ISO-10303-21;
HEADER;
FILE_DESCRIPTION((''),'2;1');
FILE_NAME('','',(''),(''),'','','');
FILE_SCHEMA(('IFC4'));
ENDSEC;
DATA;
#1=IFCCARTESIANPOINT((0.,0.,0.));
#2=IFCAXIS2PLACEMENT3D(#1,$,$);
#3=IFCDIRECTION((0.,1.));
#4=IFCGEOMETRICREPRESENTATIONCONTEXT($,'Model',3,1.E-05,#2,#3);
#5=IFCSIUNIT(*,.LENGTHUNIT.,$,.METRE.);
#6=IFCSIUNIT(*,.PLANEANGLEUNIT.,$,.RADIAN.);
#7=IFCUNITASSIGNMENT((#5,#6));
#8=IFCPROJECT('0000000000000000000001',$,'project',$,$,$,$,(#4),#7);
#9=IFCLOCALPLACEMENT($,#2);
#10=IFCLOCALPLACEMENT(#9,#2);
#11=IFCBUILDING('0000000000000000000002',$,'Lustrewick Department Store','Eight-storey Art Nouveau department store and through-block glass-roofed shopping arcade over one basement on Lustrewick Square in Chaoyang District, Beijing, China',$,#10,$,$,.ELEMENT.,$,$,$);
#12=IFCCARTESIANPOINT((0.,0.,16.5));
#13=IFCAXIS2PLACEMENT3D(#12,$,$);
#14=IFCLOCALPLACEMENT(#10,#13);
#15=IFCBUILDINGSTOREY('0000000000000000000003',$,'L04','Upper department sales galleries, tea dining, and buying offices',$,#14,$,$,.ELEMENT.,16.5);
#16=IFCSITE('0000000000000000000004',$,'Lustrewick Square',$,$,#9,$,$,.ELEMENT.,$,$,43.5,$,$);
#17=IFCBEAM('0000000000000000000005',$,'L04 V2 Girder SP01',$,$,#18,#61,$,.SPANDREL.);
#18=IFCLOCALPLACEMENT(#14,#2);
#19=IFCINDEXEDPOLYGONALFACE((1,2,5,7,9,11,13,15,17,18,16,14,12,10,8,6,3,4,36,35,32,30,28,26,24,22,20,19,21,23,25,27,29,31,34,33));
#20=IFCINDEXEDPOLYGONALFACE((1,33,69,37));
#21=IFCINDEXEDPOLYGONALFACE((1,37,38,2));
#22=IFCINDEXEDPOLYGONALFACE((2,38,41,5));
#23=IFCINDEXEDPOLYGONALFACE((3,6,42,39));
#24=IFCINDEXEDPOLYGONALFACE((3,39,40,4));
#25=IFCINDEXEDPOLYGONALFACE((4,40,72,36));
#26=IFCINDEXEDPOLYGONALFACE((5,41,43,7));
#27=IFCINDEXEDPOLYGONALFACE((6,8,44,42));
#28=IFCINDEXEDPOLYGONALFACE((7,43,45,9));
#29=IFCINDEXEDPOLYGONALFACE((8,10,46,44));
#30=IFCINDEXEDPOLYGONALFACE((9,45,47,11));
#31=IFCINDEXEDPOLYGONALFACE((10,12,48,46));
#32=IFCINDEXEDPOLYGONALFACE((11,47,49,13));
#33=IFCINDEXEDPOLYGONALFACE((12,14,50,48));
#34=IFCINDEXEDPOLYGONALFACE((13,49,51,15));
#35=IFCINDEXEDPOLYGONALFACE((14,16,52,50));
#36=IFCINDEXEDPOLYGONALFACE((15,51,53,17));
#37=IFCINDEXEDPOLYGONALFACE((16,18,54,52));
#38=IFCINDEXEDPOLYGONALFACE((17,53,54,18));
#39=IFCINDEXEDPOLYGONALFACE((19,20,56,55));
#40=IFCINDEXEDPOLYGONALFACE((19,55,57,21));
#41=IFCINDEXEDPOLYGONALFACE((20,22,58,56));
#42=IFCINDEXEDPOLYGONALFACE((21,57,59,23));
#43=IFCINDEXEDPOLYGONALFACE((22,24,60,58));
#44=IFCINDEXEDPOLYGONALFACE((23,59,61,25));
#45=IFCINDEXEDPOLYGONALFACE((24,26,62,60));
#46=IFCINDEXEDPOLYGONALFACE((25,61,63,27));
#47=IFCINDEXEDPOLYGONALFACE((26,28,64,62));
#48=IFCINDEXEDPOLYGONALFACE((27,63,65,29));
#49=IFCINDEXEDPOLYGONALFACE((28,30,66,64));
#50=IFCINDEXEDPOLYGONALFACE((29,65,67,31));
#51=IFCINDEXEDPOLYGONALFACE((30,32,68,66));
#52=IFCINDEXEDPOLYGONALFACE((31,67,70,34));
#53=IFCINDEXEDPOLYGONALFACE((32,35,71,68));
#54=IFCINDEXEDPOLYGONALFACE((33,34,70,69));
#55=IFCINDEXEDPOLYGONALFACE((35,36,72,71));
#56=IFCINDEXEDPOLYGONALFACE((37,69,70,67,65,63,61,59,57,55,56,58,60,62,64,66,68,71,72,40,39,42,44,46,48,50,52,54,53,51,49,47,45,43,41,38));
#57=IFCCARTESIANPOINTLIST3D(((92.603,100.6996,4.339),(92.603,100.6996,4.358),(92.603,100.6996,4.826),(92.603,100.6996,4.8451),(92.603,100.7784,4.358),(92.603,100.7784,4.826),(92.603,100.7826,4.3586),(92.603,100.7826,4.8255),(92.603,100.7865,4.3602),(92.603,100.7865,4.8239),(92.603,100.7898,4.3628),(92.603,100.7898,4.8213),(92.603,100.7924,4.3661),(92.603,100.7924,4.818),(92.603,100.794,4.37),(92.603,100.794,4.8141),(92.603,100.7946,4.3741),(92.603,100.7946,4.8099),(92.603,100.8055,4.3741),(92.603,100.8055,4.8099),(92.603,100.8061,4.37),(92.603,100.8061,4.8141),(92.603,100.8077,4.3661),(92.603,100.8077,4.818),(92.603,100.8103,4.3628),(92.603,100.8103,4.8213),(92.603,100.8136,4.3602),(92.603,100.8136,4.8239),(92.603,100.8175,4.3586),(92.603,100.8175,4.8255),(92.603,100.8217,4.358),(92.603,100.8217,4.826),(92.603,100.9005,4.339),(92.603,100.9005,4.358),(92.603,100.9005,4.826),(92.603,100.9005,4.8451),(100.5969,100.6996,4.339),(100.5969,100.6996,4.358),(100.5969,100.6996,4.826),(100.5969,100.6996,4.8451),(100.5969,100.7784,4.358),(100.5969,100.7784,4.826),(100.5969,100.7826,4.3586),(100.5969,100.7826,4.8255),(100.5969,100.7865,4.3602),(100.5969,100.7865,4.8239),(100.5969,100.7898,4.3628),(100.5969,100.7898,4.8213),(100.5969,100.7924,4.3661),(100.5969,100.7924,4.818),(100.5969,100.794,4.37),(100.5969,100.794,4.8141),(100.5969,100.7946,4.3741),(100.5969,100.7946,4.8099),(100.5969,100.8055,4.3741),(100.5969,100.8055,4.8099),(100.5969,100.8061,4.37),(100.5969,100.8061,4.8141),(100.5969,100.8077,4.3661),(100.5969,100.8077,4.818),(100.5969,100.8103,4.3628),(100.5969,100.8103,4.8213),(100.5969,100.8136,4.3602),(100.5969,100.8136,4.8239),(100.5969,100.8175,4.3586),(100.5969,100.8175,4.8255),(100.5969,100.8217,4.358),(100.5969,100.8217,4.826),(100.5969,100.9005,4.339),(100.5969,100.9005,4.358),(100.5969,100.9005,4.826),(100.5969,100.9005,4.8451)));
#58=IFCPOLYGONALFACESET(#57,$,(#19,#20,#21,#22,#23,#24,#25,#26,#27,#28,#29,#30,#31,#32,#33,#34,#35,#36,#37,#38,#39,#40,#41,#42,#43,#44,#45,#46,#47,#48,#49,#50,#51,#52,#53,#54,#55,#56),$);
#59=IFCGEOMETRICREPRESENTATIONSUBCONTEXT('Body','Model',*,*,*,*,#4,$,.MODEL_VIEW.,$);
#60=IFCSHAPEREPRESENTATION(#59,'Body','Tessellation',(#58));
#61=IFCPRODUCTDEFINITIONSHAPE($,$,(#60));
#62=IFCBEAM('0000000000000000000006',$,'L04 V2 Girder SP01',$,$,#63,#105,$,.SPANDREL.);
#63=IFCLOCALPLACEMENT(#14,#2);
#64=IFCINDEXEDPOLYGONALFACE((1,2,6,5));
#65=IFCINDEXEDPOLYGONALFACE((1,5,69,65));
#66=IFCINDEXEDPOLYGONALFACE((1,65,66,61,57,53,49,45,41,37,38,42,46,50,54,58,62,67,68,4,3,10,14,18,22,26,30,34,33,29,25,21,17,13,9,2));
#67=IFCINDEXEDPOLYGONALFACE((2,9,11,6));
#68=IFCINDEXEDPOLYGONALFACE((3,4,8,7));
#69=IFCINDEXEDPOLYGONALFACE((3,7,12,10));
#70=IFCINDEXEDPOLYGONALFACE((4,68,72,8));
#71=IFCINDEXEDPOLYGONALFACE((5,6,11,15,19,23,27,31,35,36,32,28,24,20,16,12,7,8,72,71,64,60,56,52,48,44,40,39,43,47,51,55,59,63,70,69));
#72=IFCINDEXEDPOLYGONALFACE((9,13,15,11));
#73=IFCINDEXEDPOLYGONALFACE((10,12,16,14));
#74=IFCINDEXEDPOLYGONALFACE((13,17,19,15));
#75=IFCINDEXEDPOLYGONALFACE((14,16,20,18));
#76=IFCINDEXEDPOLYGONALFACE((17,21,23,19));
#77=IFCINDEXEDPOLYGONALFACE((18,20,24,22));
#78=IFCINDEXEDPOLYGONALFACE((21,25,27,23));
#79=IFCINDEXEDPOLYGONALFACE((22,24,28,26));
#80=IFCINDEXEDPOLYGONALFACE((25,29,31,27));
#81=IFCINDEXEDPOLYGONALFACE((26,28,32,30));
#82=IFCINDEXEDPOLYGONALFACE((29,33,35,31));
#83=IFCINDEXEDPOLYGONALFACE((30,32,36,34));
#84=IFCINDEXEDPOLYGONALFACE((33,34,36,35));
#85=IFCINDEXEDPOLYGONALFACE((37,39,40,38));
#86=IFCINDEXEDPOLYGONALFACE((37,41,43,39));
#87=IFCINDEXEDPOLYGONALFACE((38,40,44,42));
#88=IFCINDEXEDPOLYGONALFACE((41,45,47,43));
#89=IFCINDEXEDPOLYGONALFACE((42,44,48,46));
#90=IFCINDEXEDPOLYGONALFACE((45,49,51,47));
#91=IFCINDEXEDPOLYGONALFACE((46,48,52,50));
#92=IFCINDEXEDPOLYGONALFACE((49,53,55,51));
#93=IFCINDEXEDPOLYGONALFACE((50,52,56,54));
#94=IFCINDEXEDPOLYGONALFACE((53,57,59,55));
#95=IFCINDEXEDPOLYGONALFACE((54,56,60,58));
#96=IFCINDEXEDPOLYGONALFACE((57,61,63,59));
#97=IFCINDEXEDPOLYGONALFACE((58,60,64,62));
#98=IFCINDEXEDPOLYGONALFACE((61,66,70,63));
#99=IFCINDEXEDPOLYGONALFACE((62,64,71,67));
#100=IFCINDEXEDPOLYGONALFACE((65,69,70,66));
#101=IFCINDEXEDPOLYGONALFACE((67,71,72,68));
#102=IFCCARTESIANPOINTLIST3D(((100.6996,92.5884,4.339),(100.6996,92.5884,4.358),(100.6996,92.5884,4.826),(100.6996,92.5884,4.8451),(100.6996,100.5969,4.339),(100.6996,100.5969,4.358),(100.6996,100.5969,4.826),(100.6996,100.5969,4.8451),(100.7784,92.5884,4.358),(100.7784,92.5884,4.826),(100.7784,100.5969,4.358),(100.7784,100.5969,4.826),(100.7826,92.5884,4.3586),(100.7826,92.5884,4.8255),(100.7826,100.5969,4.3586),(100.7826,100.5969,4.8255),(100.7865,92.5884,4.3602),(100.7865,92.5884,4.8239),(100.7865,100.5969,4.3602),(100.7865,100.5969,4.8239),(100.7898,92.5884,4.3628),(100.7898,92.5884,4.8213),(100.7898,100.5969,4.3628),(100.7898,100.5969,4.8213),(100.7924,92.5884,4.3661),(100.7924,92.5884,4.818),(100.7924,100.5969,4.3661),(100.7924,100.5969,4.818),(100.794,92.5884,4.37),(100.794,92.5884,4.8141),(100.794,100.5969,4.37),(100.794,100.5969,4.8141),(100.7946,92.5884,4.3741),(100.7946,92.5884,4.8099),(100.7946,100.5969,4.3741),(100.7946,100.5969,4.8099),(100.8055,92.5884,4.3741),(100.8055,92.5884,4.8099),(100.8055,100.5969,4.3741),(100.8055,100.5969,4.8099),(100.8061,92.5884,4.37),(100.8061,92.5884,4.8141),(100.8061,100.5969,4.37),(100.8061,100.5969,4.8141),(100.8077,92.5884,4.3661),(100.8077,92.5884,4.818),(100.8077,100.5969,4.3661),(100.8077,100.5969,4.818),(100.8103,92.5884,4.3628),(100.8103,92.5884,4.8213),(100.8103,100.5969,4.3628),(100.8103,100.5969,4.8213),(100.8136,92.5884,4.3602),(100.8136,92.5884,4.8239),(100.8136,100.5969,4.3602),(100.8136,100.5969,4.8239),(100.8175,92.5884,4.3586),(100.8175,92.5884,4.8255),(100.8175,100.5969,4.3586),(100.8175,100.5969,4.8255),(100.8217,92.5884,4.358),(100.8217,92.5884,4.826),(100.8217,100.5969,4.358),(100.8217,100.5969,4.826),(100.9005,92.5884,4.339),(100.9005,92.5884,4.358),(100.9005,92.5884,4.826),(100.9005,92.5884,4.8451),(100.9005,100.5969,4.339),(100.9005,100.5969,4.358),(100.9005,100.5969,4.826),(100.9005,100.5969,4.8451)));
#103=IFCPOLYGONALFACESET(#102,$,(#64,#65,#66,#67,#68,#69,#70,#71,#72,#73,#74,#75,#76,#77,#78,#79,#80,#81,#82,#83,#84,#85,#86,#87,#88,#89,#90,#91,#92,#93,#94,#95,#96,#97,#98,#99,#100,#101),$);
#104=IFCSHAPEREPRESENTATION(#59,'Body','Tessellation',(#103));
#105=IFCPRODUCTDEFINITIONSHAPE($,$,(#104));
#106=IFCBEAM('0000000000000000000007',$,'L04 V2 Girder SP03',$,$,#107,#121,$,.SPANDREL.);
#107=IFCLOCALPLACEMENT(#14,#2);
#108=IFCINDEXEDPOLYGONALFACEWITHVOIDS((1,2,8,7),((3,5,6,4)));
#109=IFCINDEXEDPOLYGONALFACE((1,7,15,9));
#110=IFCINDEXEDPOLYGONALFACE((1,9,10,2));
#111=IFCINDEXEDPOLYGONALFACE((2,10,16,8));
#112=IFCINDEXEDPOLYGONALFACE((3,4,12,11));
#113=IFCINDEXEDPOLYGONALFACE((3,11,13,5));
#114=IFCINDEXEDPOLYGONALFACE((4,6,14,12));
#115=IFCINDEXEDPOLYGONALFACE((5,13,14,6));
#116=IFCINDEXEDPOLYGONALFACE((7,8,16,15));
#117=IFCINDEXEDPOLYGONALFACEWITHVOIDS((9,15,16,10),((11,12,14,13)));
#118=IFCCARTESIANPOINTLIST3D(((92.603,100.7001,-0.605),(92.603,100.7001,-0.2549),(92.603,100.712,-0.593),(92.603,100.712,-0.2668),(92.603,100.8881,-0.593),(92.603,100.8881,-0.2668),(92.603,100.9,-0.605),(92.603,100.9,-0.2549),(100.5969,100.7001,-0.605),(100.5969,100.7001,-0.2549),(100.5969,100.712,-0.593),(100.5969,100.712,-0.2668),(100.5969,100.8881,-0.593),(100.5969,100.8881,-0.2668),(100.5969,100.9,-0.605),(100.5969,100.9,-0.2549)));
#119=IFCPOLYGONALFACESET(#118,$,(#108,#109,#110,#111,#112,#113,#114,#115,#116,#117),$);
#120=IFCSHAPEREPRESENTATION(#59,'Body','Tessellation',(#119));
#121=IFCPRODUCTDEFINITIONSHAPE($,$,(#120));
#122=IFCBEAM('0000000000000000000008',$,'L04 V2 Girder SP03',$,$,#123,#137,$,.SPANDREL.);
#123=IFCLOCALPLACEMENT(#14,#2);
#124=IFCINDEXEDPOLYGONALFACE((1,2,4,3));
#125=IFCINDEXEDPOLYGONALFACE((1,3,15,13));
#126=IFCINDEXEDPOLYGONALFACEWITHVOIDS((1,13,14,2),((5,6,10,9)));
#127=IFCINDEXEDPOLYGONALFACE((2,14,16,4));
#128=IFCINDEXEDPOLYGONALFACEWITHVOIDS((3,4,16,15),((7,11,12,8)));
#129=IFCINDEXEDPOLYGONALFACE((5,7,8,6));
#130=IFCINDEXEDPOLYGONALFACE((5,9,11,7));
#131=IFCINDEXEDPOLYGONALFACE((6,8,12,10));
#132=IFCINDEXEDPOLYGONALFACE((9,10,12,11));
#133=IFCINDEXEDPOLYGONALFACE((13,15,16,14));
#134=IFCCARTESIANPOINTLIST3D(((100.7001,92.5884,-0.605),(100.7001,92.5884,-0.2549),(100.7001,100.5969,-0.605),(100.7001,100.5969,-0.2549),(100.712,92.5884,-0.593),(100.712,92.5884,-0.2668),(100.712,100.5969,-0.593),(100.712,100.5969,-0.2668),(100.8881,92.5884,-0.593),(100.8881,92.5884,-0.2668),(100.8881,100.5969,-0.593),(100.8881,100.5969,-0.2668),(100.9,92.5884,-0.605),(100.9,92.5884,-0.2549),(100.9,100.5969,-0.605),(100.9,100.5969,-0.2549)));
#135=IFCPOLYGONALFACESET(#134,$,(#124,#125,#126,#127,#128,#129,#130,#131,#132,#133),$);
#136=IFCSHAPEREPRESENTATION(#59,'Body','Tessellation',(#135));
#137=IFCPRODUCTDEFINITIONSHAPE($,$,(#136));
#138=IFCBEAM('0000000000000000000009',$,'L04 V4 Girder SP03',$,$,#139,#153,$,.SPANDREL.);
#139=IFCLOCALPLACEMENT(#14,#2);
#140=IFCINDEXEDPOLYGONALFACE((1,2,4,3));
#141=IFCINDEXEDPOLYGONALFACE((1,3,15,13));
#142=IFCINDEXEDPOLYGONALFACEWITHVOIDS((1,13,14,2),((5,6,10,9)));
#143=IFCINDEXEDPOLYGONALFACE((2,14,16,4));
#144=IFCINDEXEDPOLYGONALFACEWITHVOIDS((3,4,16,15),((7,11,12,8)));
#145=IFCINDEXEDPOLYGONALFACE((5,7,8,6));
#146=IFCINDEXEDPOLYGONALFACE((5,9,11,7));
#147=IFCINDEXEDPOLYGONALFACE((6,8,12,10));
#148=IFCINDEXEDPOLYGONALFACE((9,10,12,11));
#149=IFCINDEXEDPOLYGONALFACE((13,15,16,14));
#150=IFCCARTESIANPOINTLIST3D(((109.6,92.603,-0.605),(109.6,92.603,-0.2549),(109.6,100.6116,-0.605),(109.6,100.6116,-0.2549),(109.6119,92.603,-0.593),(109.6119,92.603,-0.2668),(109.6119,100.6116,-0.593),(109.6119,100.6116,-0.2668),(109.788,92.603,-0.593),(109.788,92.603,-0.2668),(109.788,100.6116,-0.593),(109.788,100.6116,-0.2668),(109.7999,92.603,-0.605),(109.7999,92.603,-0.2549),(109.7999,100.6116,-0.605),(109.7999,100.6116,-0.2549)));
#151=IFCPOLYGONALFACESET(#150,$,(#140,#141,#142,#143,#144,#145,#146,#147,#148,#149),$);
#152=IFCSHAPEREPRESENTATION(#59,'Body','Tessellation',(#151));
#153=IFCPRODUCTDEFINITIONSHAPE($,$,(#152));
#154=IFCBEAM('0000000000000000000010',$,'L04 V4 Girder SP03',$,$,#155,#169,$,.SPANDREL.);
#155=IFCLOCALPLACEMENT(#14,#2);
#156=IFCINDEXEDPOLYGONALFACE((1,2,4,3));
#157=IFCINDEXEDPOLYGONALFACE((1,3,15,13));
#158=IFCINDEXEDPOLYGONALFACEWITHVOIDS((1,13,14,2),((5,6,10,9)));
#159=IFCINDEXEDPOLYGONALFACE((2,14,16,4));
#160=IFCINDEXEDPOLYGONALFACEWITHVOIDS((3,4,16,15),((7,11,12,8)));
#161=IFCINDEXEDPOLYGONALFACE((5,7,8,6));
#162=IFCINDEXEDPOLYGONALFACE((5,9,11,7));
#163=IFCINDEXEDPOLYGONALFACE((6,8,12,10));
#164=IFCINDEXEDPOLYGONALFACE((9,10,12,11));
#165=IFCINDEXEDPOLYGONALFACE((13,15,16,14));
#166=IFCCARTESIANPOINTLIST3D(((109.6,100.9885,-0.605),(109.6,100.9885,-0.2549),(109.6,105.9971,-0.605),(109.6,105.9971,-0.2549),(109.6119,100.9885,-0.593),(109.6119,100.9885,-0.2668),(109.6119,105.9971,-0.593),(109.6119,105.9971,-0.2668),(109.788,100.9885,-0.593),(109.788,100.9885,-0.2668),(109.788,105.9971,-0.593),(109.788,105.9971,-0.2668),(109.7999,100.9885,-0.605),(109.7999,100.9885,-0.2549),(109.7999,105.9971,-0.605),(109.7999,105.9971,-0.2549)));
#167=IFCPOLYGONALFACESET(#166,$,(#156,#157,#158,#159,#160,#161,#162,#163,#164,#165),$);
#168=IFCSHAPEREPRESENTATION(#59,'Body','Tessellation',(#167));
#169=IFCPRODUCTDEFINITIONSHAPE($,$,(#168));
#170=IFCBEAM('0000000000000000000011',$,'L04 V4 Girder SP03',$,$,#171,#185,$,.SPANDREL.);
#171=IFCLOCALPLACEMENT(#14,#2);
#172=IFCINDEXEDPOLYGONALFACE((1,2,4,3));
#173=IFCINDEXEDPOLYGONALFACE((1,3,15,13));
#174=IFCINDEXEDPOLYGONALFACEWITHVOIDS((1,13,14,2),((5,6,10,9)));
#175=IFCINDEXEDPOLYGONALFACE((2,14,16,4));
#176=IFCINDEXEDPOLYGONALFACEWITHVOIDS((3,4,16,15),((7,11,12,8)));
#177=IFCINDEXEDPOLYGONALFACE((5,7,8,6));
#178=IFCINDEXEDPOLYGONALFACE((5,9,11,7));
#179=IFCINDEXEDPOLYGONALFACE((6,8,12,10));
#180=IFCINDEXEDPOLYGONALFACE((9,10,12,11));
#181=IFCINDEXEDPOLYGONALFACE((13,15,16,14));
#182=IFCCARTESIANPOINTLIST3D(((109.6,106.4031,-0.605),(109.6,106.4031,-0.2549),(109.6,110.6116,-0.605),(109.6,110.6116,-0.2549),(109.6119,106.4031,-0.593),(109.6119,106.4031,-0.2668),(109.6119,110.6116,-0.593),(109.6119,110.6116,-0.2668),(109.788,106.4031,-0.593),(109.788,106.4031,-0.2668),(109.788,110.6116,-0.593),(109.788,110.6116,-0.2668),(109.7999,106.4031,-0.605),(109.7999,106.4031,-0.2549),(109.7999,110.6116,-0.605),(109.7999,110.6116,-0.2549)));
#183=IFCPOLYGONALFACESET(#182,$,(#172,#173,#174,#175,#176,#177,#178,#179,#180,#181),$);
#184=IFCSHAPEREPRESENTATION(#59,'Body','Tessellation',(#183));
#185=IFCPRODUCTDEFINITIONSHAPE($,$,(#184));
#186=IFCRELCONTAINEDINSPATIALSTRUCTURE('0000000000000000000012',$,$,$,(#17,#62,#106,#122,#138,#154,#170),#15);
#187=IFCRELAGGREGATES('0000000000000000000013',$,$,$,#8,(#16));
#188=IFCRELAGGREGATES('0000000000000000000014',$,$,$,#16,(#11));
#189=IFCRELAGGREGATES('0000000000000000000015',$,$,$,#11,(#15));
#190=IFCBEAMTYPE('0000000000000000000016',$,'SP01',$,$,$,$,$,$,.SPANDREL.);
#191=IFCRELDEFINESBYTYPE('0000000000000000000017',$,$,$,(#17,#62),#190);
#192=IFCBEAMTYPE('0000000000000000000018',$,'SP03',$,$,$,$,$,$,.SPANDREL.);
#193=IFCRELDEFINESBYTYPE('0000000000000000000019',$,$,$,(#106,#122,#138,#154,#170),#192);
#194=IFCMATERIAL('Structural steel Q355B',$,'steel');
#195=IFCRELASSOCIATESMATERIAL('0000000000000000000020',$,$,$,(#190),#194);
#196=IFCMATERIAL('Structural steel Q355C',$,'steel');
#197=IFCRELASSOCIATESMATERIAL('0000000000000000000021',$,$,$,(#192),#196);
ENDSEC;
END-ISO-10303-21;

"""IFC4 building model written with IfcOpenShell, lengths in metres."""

from ifc_helpers import new_model, si_unit, direction, frame, origin, origin_2d, place, context, subcontext, project, spatial, hollow_rectangle, i_section, extrude, material, material_profile, profile_set, type_object, element, save


model = new_model("IFC4")

# Units and contexts
model_context = context("Model", 3, precision=1e-05, world=origin(), true_north=direction((0.0, 1.0)))
body_context = subcontext(model_context, "Body", "Model", "MODEL_VIEW")
ifc_project = project(units=[si_unit("LENGTHUNIT", "METRE"), si_unit("PLANEANGLEUNIT", "RADIAN")], contexts=[model_context])

# Site, building, storey
site_placement = place(None, origin())
site = spatial("IfcSite", under=ifc_project, at=site_placement, Name="Lustrewick Square", CompositionType="ELEMENT", RefElevation=43.5)
building_placement = place(site_placement, origin())
building = spatial("IfcBuilding", under=site, at=building_placement, Name="Lustrewick Department Store", Description="Eight-storey Art Nouveau department store and through-block glass-roofed shopping arcade over one basement on Lustrewick Square in Chaoyang District, Beijing, China", CompositionType="ELEMENT")
storey_placement = place(building_placement, frame((0.0, 0.0, 16.5)))
storey = spatial("IfcBuildingStorey", under=building, at=storey_placement, Name="L04", Description="Upper department sales galleries, tea dining, and buying offices", CompositionType="ELEMENT", Elevation=16.5)

# Shared definitions
ifc_material_1 = material(Name="Structural steel Q355C", Category="steel")
ifc_material_2 = material(Name="Structural steel Q355B", Category="steel")

# Beams
ifc_material_profile_1 = material_profile(ifc_material_2, i_section(OverallWidth=0.2009, OverallDepth=0.5061, WebThickness=0.011, FlangeThickness=0.019, FilletRadius=0.0161, at=origin_2d()), Name="HN 506x201x11x19")
ifc_profile_set_1 = profile_set([ifc_material_profile_1], Name="Structural steel Q355B")
beam_type_1 = type_object("IfcBeamType", Name="SP01", PredefinedType="SPANDREL", material=ifc_profile_set_1)
beam_1_placement = place(storey_placement, frame((92.603, 100.8, 4.592), z_axis=(1.0, 0.0, 0.0), x_axis=(0.0, 1.0, 0.0)))
element("IfcBeam", 1, at=beam_1_placement, inside=storey, type_object=beam_type_1, Name="L04 V2 Girder SP01", PredefinedType="SPANDREL", context=body_context, shape_type="SweptSolid", body=[
    extrude(i_section(OverallWidth=0.2009, OverallDepth=0.5061, WebThickness=0.011, FlangeThickness=0.019, FilletRadius=0.0161, at=origin_2d()), origin(), (0.0, 0.0, 1.0), 7.9939),
])
beam_2_placement = place(storey_placement, frame((100.8, 92.5884, 4.592), z_axis=(0.0, 1.0, 0.0), x_axis=(-1.0, 0.0, 0.0)))
element("IfcBeam", 2, at=beam_2_placement, inside=storey, type_object=beam_type_1, Name="L04 V2 Girder SP01", PredefinedType="SPANDREL", context=body_context, shape_type="SweptSolid", body=[
    extrude(i_section(OverallWidth=0.2009, OverallDepth=0.5061, WebThickness=0.011, FlangeThickness=0.019, FilletRadius=0.0161, at=origin_2d()), origin(), (0.0, 0.0, 1.0), 8.0085),
])
ifc_material_profile_2 = material_profile(ifc_material_1, hollow_rectangle(XDim=0.2, YDim=0.3501, WallThickness=0.012, at=origin_2d()), Name="RHS 350x200x12")
ifc_profile_set_2 = profile_set([ifc_material_profile_2], Name="Structural steel Q355C")
beam_type_2 = type_object("IfcBeamType", Name="SP03", PredefinedType="SPANDREL", material=ifc_profile_set_2)
beam_3_placement = place(storey_placement, frame((92.603, 100.8, -0.4299), z_axis=(1.0, 0.0, 0.0), x_axis=(0.0, 1.0, 0.0)))
element("IfcBeam", 3, at=beam_3_placement, inside=storey, type_object=beam_type_2, Name="L04 V2 Girder SP03", PredefinedType="SPANDREL", context=body_context, shape_type="SweptSolid", body=[
    extrude(hollow_rectangle(XDim=0.2, YDim=0.3501, WallThickness=0.012, at=origin_2d()), origin(), (0.0, 0.0, 1.0), 7.9939),
])
for number, where, z_axis, x_axis, name in (
    (4, (100.8, 92.5884, -0.4299), (0.0, 1.0, 0.0), (-1.0, 0.0, 0.0), "L04 V2 Girder SP03"),
    (5, (109.7, 92.603, -0.4299), (0.0, 1.0, 0.0), (-1.0, 0.0, 0.0), "L04 V4 Girder SP03"),
):
    element("IfcBeam", number, at=place(storey_placement, frame(where, z_axis=z_axis, x_axis=x_axis)), inside=storey, type_object=beam_type_2, Name=name, PredefinedType="SPANDREL", context=body_context, shape_type="SweptSolid", body=[
        extrude(hollow_rectangle(XDim=0.2, YDim=0.3501, WallThickness=0.012, at=origin_2d()), origin(), (0.0, 0.0, 1.0), 8.0085),
    ])
beam_4_placement = place(storey_placement, frame((109.7, 100.9885, -0.4299), z_axis=(0.0, 1.0, 0.0), x_axis=(-1.0, 0.0, 0.0)))
element("IfcBeam", 6, at=beam_4_placement, inside=storey, type_object=beam_type_2, Name="L04 V4 Girder SP03", PredefinedType="SPANDREL", context=body_context, shape_type="SweptSolid", body=[
    extrude(hollow_rectangle(XDim=0.2, YDim=0.3501, WallThickness=0.012, at=origin_2d()), origin(), (0.0, 0.0, 1.0), 5.0085),
])
beam_5_placement = place(storey_placement, frame((109.7, 106.4031, -0.4299), z_axis=(0.0, 1.0, 0.0), x_axis=(-1.0, 0.0, 0.0)))
element("IfcBeam", 7, at=beam_5_placement, inside=storey, type_object=beam_type_2, Name="L04 V4 Girder SP03", PredefinedType="SPANDREL", context=body_context, shape_type="SweptSolid", body=[
    extrude(hollow_rectangle(XDim=0.2, YDim=0.3501, WallThickness=0.012, at=origin_2d()), origin(), (0.0, 0.0, 1.0), 4.2085),
])

save(model, "model.ifc")
